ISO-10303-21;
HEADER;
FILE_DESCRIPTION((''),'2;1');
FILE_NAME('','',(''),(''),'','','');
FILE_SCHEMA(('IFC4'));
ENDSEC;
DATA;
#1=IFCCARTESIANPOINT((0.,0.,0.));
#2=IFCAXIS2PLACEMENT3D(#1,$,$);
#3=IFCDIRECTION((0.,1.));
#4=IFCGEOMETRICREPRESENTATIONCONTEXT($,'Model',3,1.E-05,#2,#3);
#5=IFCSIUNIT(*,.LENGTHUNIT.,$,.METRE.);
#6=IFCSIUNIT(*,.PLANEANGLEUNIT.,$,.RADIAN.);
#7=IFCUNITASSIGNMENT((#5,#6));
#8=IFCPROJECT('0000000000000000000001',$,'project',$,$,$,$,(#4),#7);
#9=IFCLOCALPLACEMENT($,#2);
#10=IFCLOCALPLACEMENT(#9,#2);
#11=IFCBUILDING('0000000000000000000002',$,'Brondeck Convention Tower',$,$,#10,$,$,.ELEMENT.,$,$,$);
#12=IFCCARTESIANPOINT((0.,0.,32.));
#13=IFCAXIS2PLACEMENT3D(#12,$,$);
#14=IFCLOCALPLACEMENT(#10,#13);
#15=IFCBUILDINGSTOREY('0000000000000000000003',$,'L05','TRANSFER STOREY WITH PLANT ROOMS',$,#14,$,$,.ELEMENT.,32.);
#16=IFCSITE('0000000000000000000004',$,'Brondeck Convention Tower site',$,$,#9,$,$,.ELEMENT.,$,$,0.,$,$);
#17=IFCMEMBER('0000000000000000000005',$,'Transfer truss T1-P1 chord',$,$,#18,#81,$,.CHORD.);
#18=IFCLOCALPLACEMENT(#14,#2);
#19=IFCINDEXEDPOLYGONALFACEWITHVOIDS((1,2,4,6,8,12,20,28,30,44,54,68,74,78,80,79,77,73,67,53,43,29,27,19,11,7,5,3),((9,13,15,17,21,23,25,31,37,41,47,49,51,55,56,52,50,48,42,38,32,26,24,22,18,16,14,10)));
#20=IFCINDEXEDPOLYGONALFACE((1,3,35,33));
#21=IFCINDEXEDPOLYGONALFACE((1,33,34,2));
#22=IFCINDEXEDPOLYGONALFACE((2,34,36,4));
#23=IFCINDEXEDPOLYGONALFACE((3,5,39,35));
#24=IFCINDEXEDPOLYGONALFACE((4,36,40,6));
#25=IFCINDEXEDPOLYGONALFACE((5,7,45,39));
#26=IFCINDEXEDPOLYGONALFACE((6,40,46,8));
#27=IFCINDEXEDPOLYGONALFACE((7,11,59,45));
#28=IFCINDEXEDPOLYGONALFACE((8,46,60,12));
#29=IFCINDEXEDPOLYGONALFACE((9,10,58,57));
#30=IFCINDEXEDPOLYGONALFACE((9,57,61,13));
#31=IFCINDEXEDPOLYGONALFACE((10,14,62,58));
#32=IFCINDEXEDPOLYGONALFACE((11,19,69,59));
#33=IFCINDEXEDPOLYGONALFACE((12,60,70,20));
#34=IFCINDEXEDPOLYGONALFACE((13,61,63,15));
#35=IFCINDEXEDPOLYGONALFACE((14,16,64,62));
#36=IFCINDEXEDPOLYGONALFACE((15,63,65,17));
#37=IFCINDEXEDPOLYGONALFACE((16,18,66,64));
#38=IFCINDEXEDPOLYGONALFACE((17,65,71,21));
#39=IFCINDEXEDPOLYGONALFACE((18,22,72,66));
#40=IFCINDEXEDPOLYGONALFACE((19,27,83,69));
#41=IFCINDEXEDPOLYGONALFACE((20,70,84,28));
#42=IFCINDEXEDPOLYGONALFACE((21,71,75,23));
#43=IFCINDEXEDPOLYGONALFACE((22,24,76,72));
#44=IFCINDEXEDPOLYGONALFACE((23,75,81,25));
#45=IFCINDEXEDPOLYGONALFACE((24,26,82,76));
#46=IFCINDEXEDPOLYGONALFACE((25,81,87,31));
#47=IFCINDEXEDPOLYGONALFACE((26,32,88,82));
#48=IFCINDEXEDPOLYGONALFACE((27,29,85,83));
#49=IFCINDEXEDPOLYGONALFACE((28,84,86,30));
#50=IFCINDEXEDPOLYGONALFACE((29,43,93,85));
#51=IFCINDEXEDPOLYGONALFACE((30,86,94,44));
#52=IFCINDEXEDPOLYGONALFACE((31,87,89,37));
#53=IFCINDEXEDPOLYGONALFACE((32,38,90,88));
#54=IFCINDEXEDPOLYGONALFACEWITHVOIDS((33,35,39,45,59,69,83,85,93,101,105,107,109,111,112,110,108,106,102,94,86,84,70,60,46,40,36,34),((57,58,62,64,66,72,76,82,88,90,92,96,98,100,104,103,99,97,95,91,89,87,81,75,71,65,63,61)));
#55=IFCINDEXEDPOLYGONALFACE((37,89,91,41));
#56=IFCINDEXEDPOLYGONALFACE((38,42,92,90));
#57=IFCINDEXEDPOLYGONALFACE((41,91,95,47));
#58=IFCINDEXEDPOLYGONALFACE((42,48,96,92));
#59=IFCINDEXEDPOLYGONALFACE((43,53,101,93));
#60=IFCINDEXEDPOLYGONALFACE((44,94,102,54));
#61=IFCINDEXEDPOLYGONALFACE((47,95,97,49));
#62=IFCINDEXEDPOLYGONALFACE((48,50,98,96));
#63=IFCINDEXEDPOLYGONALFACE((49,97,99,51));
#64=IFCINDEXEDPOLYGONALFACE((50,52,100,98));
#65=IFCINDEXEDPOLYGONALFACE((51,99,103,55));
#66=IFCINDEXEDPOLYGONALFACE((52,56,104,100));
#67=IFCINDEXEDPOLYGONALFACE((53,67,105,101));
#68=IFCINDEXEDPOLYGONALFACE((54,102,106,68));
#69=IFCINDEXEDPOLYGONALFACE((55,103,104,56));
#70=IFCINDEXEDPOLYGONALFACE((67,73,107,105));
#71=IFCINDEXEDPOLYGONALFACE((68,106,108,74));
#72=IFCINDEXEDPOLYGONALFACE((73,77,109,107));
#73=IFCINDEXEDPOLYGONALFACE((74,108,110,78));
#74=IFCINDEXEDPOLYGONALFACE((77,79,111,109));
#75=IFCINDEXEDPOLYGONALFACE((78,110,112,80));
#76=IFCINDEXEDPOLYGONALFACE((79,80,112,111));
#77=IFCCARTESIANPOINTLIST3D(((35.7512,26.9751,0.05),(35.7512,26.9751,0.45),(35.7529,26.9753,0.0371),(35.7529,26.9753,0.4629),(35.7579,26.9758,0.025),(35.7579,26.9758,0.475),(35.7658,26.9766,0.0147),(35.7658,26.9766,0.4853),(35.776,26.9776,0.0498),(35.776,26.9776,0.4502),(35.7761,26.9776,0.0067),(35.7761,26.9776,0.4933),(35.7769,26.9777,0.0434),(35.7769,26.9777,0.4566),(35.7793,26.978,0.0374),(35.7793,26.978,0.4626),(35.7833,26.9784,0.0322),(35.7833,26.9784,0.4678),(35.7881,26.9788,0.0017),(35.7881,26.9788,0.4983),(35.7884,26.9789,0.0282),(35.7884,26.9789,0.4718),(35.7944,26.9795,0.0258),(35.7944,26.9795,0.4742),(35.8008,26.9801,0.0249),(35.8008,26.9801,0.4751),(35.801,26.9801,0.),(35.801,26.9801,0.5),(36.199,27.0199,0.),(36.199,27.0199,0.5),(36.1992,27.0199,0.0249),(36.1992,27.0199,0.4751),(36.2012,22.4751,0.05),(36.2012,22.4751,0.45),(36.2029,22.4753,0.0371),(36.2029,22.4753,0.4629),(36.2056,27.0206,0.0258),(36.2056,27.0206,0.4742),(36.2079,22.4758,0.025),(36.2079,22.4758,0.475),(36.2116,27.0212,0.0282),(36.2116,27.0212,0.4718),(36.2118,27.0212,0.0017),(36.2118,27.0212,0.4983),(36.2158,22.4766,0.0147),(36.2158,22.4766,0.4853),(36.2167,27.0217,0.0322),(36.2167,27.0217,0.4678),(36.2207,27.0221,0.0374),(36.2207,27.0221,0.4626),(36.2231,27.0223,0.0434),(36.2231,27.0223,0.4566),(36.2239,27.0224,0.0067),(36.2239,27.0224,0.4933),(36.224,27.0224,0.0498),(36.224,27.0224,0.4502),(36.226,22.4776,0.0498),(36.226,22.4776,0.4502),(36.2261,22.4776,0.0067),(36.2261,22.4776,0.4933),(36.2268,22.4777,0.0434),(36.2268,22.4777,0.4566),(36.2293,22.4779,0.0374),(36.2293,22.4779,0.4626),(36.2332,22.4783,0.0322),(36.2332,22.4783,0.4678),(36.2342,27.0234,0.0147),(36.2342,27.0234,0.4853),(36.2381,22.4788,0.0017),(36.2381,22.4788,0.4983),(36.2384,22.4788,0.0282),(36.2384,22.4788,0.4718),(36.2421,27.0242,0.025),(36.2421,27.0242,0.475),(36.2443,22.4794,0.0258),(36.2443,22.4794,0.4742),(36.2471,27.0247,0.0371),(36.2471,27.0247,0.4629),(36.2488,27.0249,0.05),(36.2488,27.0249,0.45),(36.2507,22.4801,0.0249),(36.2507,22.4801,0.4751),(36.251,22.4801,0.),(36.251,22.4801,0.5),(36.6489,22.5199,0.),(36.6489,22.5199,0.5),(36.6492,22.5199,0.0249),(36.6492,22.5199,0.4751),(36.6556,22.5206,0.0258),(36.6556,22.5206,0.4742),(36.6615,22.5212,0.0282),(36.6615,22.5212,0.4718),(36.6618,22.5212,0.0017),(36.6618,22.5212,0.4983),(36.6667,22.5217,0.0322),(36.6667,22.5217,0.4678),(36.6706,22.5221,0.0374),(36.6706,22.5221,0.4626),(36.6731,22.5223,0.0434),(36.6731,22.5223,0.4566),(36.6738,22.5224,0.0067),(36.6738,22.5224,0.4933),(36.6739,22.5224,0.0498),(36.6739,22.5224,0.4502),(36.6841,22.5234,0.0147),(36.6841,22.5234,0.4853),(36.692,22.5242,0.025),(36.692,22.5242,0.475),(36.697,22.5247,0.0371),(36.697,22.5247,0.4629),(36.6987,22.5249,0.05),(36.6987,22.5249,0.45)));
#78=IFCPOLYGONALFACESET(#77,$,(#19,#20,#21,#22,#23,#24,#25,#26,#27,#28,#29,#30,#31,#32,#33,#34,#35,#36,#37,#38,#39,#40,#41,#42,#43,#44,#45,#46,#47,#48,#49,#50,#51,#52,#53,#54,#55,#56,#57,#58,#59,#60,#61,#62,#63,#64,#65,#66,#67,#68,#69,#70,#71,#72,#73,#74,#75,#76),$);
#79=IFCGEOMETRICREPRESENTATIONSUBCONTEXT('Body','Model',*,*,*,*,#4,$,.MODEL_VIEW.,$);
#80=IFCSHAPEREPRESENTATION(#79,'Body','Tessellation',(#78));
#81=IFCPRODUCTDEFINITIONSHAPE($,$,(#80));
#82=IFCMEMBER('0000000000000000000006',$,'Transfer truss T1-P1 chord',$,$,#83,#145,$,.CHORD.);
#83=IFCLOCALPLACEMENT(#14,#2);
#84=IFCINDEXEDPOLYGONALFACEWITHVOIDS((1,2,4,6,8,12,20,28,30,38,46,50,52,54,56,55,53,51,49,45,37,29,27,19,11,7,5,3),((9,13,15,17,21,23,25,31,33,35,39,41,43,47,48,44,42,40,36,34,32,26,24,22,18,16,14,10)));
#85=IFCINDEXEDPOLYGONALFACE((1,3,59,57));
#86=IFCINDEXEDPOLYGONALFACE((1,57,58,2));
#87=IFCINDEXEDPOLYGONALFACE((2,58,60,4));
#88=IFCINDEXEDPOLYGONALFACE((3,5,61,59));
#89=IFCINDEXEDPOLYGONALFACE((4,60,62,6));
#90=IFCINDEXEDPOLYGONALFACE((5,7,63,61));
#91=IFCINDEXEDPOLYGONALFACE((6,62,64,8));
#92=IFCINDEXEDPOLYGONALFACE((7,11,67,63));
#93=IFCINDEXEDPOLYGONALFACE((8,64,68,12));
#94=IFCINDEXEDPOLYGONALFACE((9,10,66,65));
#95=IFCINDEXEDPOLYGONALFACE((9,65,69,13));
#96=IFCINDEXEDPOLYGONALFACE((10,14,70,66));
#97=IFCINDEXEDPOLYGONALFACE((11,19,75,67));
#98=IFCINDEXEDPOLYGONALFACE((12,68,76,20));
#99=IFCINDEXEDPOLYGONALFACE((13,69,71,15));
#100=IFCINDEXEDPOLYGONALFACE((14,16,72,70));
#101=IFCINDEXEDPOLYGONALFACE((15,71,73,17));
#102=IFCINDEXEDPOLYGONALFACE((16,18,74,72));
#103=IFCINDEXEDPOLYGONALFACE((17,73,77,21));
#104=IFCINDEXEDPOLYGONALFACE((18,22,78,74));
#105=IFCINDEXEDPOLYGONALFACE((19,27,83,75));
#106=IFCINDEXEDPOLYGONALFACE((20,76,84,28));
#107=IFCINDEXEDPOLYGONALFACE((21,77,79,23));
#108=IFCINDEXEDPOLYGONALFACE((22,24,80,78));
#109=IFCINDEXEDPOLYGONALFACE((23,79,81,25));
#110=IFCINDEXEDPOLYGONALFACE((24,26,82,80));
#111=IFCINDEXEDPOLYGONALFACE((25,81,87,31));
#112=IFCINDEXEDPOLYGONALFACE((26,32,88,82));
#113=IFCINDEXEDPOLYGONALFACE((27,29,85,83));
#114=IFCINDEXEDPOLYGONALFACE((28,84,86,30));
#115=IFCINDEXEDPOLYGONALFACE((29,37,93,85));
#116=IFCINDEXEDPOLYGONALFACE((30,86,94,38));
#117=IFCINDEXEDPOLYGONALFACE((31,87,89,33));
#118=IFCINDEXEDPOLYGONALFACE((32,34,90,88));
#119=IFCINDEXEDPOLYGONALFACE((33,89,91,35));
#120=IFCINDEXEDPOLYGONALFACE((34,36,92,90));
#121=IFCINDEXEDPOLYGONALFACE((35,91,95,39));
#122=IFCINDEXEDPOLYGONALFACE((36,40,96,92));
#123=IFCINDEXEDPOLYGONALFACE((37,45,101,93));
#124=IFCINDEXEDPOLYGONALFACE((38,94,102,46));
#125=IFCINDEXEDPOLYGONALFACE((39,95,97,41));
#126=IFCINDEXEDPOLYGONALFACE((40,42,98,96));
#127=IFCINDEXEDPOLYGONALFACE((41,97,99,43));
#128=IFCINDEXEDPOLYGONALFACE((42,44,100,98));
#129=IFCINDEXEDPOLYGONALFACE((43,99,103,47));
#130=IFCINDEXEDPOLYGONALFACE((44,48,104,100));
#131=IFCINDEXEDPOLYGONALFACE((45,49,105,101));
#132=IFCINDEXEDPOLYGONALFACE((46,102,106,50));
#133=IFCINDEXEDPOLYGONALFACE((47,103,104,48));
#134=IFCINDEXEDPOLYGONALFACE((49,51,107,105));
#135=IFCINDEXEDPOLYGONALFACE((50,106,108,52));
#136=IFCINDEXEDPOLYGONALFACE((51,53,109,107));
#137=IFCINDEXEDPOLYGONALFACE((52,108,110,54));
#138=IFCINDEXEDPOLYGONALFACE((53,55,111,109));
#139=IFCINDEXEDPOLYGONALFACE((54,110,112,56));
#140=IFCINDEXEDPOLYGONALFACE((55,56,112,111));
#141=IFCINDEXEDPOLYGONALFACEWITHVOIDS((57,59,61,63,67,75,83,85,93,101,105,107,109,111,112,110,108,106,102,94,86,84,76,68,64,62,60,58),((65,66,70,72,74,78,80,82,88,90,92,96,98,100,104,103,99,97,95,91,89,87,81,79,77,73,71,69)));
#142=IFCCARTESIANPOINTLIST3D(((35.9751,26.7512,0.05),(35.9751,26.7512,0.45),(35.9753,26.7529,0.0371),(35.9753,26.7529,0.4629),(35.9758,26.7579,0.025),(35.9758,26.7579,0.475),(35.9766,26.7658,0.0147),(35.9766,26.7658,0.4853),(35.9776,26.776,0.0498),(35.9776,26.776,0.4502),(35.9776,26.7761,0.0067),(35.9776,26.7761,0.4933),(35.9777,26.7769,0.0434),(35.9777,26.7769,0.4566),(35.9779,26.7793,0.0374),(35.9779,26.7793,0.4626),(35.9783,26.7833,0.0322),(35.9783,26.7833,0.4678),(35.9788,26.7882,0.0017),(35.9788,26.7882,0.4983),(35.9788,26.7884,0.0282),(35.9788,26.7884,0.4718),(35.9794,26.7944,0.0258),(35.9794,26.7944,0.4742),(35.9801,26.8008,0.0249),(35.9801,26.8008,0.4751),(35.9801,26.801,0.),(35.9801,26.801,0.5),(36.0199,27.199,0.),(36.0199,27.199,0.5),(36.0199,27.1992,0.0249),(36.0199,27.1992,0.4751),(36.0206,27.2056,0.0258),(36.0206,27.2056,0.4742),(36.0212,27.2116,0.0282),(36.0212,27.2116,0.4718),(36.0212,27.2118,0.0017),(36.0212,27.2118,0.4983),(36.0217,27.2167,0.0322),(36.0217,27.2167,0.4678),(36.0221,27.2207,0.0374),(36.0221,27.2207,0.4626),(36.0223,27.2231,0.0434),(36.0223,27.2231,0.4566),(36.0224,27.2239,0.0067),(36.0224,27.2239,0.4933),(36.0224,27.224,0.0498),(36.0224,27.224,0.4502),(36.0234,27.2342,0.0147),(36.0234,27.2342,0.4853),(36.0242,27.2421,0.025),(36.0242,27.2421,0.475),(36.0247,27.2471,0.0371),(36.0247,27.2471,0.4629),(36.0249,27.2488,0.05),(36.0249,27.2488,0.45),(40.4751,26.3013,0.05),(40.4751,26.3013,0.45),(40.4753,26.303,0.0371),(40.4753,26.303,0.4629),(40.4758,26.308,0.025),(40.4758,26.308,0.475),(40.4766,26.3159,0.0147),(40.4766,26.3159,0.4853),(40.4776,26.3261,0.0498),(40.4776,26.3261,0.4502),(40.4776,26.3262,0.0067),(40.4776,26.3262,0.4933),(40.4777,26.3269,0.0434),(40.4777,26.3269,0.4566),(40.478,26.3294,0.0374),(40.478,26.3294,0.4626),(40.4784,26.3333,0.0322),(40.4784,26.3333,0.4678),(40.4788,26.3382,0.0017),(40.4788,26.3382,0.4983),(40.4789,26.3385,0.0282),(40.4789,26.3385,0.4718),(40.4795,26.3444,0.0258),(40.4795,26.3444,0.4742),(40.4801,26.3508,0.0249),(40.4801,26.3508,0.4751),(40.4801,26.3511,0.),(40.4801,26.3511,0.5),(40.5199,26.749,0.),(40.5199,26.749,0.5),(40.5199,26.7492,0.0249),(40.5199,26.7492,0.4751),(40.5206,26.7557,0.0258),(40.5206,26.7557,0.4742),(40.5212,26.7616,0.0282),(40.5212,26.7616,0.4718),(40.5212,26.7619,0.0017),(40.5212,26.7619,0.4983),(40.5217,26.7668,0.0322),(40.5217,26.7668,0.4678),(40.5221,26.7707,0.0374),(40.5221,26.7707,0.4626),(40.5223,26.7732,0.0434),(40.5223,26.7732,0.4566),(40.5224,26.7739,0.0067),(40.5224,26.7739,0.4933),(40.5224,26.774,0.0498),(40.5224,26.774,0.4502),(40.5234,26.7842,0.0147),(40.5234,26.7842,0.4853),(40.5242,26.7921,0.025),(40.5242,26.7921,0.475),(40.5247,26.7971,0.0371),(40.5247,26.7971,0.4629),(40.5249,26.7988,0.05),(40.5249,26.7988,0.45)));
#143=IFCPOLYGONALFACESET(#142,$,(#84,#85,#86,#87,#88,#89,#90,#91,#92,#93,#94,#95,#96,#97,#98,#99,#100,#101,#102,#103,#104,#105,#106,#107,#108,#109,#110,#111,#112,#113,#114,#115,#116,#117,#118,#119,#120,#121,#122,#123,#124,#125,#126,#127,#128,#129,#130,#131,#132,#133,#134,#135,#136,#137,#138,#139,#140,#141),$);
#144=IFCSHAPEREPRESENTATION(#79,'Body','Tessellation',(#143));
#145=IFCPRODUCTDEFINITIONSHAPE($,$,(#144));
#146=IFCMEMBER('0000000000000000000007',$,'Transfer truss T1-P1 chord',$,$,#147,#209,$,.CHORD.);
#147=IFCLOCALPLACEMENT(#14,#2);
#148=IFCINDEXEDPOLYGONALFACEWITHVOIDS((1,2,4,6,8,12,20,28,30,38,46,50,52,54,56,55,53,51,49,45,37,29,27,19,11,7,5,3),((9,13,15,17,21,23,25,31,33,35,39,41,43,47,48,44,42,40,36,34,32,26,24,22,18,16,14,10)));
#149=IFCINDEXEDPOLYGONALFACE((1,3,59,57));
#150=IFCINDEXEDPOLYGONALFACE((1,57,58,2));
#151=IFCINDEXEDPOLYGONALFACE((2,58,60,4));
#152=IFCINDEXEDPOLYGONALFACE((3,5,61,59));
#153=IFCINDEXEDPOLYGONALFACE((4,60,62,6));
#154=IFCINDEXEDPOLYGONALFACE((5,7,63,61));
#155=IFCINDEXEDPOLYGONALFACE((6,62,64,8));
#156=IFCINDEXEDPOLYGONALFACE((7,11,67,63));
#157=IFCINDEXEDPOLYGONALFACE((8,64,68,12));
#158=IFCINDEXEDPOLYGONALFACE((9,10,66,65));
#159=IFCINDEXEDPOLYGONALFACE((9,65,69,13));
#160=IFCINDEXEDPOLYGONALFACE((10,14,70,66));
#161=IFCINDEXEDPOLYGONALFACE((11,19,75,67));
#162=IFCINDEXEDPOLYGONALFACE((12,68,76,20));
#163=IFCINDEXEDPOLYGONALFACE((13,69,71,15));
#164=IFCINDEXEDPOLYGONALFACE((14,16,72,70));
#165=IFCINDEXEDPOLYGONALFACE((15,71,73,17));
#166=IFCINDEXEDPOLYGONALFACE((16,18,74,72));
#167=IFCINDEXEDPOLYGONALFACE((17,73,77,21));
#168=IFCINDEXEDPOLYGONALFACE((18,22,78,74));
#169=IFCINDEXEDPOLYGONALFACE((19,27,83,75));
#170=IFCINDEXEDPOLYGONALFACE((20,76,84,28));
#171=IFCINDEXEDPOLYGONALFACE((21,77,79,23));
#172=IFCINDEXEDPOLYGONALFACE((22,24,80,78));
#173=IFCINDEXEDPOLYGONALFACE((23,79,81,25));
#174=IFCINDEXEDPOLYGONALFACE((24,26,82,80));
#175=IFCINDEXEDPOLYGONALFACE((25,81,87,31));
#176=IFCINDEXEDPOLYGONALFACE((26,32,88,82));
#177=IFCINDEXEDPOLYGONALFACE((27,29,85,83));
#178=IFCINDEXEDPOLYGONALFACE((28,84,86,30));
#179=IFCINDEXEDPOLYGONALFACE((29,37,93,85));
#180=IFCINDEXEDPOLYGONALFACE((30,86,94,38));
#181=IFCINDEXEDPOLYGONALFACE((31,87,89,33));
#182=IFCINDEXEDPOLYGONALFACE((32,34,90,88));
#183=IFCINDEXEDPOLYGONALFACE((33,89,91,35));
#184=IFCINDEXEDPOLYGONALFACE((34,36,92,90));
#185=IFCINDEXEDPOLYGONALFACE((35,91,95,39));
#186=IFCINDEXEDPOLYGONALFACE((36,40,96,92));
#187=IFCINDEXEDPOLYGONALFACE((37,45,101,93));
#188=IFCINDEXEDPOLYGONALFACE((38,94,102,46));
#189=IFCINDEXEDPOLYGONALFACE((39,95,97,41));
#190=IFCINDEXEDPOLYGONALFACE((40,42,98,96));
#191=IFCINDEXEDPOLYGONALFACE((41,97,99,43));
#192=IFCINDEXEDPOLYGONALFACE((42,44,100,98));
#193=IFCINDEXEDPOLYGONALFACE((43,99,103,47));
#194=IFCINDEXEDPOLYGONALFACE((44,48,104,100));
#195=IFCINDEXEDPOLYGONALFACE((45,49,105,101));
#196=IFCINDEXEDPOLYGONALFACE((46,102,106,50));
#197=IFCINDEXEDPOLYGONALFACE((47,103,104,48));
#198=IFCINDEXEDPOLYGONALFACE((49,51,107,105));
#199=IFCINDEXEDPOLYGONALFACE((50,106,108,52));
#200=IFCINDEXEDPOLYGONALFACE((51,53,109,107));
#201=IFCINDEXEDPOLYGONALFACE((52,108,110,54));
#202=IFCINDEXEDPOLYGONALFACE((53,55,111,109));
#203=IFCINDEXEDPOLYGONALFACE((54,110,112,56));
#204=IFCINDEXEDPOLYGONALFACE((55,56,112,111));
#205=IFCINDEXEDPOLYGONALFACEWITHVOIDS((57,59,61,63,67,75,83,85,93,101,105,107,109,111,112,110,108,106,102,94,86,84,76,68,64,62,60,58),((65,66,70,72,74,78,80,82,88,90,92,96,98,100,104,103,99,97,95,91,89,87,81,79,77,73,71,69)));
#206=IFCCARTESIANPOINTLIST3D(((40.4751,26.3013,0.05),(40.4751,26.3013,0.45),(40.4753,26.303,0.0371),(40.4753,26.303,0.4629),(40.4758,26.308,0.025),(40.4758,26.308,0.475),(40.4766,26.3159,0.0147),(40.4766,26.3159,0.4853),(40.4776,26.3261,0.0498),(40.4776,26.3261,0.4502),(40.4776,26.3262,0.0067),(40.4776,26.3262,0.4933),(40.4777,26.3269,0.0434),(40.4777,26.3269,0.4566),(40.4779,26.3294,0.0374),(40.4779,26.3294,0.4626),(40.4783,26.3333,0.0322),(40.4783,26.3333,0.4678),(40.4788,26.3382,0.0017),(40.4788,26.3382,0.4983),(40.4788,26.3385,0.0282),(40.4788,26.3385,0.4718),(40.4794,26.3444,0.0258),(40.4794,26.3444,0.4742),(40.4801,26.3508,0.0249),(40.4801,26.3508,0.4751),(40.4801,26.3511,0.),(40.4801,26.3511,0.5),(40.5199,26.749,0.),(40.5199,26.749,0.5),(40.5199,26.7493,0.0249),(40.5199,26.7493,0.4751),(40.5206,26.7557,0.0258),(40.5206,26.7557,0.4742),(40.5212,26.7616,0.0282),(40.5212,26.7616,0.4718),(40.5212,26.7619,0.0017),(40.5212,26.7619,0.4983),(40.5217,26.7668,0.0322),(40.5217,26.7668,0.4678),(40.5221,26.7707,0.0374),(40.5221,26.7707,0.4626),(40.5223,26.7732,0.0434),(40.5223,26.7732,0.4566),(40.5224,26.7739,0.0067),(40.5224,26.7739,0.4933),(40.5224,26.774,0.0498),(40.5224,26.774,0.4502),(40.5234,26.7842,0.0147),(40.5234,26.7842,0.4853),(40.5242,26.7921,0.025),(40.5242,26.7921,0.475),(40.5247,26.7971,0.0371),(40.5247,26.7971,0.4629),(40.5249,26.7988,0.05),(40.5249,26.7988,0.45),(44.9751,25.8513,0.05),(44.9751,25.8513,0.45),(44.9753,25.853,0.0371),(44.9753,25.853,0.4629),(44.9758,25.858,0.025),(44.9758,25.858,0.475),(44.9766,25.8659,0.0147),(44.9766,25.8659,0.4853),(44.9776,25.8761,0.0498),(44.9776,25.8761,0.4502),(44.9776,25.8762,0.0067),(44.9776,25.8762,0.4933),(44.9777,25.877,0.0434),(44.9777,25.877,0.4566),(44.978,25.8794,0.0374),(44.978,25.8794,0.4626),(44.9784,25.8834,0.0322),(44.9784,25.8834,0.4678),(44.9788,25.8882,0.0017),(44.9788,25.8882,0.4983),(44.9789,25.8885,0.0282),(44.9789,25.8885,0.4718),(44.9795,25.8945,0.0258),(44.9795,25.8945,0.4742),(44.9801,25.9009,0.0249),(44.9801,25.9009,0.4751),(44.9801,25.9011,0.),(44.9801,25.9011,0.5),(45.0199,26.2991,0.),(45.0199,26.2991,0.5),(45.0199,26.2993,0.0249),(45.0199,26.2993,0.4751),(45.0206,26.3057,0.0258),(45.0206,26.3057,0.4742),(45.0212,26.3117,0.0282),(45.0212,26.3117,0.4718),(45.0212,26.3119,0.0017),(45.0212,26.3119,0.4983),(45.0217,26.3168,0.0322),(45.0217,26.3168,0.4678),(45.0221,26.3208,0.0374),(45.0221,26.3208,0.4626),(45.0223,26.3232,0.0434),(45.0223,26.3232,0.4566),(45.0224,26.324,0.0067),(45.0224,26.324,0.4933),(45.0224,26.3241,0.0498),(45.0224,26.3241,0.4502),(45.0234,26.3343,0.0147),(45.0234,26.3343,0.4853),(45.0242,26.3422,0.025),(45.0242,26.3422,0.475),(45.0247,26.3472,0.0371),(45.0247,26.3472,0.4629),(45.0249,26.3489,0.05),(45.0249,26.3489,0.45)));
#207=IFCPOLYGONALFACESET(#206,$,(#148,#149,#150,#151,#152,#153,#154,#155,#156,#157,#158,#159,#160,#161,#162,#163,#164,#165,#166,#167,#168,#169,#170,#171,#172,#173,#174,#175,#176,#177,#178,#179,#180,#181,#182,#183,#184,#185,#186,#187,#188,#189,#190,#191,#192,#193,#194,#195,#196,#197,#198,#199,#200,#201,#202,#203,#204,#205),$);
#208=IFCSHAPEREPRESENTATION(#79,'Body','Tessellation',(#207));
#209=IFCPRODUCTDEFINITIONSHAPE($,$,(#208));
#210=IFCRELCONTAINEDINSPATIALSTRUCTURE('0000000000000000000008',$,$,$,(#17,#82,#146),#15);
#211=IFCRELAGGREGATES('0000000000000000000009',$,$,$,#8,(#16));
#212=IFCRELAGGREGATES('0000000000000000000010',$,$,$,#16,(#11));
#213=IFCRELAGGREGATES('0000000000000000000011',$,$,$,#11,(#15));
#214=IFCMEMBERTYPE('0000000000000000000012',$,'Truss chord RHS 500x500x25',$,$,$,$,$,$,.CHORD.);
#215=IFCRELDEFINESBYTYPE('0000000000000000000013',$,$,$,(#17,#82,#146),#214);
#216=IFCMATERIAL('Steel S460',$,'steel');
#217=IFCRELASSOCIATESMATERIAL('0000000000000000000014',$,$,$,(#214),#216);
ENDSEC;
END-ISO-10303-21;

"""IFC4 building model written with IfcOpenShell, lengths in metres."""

from ifc_helpers import new_model, si_unit, direction, frame, origin, origin_2d, place, context, subcontext, project, spatial, hollow_rectangle, extrude, material, material_profile, profile_set, type_object, element, save


model = new_model("IFC4")

# Units and contexts
model_context = context("Model", 3, precision=1e-05, world=origin(), true_north=direction((0.0, 1.0)))
body_context = subcontext(model_context, "Body", "Model", "MODEL_VIEW")
ifc_project = project(units=[si_unit("LENGTHUNIT", "METRE"), si_unit("PLANEANGLEUNIT", "RADIAN")], contexts=[model_context])

# Site, building, storey
site_placement = place(None, origin())
site = spatial("IfcSite", under=ifc_project, at=site_placement, Name="Brondeck Convention Tower site", CompositionType="ELEMENT", RefElevation=0.0)
building_placement = place(site_placement, origin())
building = spatial("IfcBuilding", under=site, at=building_placement, Name="Brondeck Convention Tower", CompositionType="ELEMENT")
storey_placement = place(building_placement, frame((0.0, 0.0, 32.0)))
storey = spatial("IfcBuildingStorey", under=building, at=storey_placement, Name="L05", Description="TRANSFER STOREY WITH PLANT ROOMS", CompositionType="ELEMENT", Elevation=32.0)

# Shared definitions
ifc_material_1 = material(Name="Steel S460", Category="steel")

# Members
ifc_material_profile_1 = material_profile(ifc_material_1, hollow_rectangle(XDim=0.5, YDim=0.5, WallThickness=0.0249, InnerFilletRadius=0.0249, OuterFilletRadius=0.05, at=origin_2d()), Name="RHS 500x500x25")
ifc_profile_set_1 = profile_set([ifc_material_profile_1], Name="Steel S460")
member_type_1 = type_object("IfcMemberType", Name="Truss chord RHS 500x500x25", PredefinedType="CHORD", material=ifc_profile_set_1)
for number, where, z_axis, x_axis, name in (
    (1, (36.45, 22.5, 0.25), (-0.099493, 0.995038, 0.0), (-0.995038, -0.099493, 0.0), "Transfer truss T1-P1 chord"),
    (2, (36.0, 27.0, 0.25), (0.995038, -0.099493, 0.0), (0.099493, 0.995038, 0.0), "Transfer truss T1-P1 chord"),
    (3, (40.5, 26.55, 0.25), (0.995038, -0.099493, 0.0), (0.099493, 0.995038, 0.0), "Transfer truss T1-P1 chord"),
):
    element("IfcMember", number, at=place(storey_placement, frame(where, z_axis=z_axis, x_axis=x_axis)), inside=storey, type_object=member_type_1, Name=name, PredefinedType="CHORD", context=body_context, shape_type="SweptSolid", body=[
        extrude(hollow_rectangle(XDim=0.5, YDim=0.5, WallThickness=0.0249, InnerFilletRadius=0.0249, OuterFilletRadius=0.05, at=origin_2d()), origin(), (0.0, 0.0, 1.0), 4.5225),
    ])

save(model, "model.ifc")
